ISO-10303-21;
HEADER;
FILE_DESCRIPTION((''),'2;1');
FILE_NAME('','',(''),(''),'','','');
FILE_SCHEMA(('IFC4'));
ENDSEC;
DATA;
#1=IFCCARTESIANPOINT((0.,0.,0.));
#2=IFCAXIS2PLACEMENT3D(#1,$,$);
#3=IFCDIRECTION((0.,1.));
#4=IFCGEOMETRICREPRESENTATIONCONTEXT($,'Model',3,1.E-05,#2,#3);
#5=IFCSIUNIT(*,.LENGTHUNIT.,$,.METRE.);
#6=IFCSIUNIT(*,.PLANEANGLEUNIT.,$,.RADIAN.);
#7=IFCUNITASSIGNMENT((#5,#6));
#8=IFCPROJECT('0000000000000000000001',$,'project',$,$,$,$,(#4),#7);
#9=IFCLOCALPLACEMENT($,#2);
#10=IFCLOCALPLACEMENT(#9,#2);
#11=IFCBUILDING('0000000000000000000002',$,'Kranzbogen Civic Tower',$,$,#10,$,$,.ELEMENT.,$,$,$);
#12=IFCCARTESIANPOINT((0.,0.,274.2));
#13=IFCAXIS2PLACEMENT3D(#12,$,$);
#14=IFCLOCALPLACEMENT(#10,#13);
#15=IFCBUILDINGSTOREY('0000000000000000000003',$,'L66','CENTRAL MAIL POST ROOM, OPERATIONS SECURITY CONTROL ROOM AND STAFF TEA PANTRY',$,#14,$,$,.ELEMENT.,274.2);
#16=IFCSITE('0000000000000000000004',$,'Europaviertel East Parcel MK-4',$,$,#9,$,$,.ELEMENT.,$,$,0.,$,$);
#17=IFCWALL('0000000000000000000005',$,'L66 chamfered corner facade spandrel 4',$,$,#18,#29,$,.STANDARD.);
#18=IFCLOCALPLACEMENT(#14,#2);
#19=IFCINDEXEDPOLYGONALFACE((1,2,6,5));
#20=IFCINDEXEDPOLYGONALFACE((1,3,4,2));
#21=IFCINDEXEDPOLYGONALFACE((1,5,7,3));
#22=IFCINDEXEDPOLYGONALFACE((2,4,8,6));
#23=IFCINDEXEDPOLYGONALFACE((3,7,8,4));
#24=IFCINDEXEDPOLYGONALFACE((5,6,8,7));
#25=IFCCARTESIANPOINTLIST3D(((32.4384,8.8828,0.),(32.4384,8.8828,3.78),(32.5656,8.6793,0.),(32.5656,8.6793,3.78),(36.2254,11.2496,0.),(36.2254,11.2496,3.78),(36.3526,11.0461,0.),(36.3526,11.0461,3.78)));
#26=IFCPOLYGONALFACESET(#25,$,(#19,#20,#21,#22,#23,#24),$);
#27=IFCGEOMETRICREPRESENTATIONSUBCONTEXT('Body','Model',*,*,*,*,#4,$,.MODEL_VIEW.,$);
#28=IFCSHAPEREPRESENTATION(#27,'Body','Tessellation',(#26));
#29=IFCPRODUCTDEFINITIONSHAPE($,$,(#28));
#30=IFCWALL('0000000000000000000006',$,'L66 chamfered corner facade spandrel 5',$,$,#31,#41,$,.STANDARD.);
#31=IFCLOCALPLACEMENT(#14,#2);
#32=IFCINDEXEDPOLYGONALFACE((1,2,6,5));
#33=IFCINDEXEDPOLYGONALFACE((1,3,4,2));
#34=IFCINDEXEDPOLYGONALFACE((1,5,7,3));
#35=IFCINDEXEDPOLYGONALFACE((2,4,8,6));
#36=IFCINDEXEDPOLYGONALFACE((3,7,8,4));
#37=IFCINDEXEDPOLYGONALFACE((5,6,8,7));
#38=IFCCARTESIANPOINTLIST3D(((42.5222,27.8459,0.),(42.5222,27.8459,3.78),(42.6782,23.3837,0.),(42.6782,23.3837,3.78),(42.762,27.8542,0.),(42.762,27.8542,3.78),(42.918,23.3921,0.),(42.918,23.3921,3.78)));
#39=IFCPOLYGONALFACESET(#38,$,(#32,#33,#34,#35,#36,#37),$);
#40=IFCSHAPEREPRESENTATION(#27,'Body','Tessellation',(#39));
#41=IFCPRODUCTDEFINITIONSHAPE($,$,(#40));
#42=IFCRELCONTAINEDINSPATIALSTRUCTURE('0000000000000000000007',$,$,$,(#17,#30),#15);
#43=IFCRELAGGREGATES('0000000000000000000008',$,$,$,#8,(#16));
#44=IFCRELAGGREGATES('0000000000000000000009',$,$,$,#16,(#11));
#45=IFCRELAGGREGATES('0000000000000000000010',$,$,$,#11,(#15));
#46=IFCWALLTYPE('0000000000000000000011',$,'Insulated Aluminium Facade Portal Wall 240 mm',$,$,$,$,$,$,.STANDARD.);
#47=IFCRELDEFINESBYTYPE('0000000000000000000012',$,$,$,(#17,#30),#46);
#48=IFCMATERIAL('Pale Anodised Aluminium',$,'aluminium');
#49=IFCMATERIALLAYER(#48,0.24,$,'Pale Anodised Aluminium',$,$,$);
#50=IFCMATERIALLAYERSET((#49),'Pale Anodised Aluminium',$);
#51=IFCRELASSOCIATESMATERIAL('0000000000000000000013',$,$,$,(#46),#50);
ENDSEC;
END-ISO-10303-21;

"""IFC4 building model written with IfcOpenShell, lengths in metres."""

from ifc_helpers import new_model, si_unit, direction, frame, frame_2d, origin, place, context, subcontext, project, spatial, rectangle, extrude, material, layer, layer_set, type_object, element, save


model = new_model("IFC4")

# Units and contexts
model_context = context("Model", 3, precision=1e-05, world=origin(), true_north=direction((0.0, 1.0)))
body_context = subcontext(model_context, "Body", "Model", "MODEL_VIEW")
ifc_project = project(units=[si_unit("LENGTHUNIT", "METRE"), si_unit("PLANEANGLEUNIT", "RADIAN")], contexts=[model_context])

# Site, building, storey
site_placement = place(None, origin())
site = spatial("IfcSite", under=ifc_project, at=site_placement, Name="Europaviertel East Parcel MK-4", CompositionType="ELEMENT", RefElevation=0.0)
building_placement = place(site_placement, origin())
building = spatial("IfcBuilding", under=site, at=building_placement, Name="Kranzbogen Civic Tower", CompositionType="ELEMENT")
storey_placement = place(building_placement, frame((0.0, 0.0, 274.2)))
storey = spatial("IfcBuildingStorey", under=building, at=storey_placement, Name="L66", Description="CENTRAL MAIL POST ROOM, OPERATIONS SECURITY CONTROL ROOM AND STAFF TEA PANTRY", CompositionType="ELEMENT", Elevation=274.2)

# Shared definitions
ifc_material_1 = material(Name="Pale Anodised Aluminium", Category="aluminium")

# Walls
ifc_layer_1 = layer(ifc_material_1, 0.24, Name="Pale Anodised Aluminium")
ifc_layer_set_1 = layer_set([ifc_layer_1], Name="Pale Anodised Aluminium")
wall_type_1 = type_object("IfcWallType", Name="Insulated Aluminium Facade Portal Wall 240 mm", PredefinedType="STANDARD", material=ifc_layer_set_1)
wall_1_placement = place(storey_placement, frame((32.502, 8.781, 0.0), z_axis=(0.0, 0.0, 1.0), x_axis=(0.847998, 0.529999, 0.0)))
element("IfcWall", 1, at=wall_1_placement, inside=storey, type_object=wall_type_1, Name="L66 chamfered corner facade spandrel 4", PredefinedType="STANDARD", context=body_context, shape_type="SweptSolid", body=[
    extrude(rectangle(XDim=4.4658, YDim=0.24, at=frame_2d((2.2329, 0.0))), origin(), (0.0, 0.0, 1.0), 3.78),
])
wall_2_placement = place(storey_placement, frame((42.7981, 23.3879, 0.0), z_axis=(0.0, 0.0, 1.0), x_axis=(-0.034941, 0.999389, 0.0)))
element("IfcWall", 2, at=wall_2_placement, inside=storey, type_object=wall_type_1, Name="L66 chamfered corner facade spandrel 5", PredefinedType="STANDARD", context=body_context, shape_type="SweptSolid", body=[
    extrude(rectangle(XDim=4.4648, YDim=0.24, at=frame_2d((2.2324, 0.0))), origin(), (0.0, 0.0, 1.0), 3.78),
])

save(model, "model.ifc")
